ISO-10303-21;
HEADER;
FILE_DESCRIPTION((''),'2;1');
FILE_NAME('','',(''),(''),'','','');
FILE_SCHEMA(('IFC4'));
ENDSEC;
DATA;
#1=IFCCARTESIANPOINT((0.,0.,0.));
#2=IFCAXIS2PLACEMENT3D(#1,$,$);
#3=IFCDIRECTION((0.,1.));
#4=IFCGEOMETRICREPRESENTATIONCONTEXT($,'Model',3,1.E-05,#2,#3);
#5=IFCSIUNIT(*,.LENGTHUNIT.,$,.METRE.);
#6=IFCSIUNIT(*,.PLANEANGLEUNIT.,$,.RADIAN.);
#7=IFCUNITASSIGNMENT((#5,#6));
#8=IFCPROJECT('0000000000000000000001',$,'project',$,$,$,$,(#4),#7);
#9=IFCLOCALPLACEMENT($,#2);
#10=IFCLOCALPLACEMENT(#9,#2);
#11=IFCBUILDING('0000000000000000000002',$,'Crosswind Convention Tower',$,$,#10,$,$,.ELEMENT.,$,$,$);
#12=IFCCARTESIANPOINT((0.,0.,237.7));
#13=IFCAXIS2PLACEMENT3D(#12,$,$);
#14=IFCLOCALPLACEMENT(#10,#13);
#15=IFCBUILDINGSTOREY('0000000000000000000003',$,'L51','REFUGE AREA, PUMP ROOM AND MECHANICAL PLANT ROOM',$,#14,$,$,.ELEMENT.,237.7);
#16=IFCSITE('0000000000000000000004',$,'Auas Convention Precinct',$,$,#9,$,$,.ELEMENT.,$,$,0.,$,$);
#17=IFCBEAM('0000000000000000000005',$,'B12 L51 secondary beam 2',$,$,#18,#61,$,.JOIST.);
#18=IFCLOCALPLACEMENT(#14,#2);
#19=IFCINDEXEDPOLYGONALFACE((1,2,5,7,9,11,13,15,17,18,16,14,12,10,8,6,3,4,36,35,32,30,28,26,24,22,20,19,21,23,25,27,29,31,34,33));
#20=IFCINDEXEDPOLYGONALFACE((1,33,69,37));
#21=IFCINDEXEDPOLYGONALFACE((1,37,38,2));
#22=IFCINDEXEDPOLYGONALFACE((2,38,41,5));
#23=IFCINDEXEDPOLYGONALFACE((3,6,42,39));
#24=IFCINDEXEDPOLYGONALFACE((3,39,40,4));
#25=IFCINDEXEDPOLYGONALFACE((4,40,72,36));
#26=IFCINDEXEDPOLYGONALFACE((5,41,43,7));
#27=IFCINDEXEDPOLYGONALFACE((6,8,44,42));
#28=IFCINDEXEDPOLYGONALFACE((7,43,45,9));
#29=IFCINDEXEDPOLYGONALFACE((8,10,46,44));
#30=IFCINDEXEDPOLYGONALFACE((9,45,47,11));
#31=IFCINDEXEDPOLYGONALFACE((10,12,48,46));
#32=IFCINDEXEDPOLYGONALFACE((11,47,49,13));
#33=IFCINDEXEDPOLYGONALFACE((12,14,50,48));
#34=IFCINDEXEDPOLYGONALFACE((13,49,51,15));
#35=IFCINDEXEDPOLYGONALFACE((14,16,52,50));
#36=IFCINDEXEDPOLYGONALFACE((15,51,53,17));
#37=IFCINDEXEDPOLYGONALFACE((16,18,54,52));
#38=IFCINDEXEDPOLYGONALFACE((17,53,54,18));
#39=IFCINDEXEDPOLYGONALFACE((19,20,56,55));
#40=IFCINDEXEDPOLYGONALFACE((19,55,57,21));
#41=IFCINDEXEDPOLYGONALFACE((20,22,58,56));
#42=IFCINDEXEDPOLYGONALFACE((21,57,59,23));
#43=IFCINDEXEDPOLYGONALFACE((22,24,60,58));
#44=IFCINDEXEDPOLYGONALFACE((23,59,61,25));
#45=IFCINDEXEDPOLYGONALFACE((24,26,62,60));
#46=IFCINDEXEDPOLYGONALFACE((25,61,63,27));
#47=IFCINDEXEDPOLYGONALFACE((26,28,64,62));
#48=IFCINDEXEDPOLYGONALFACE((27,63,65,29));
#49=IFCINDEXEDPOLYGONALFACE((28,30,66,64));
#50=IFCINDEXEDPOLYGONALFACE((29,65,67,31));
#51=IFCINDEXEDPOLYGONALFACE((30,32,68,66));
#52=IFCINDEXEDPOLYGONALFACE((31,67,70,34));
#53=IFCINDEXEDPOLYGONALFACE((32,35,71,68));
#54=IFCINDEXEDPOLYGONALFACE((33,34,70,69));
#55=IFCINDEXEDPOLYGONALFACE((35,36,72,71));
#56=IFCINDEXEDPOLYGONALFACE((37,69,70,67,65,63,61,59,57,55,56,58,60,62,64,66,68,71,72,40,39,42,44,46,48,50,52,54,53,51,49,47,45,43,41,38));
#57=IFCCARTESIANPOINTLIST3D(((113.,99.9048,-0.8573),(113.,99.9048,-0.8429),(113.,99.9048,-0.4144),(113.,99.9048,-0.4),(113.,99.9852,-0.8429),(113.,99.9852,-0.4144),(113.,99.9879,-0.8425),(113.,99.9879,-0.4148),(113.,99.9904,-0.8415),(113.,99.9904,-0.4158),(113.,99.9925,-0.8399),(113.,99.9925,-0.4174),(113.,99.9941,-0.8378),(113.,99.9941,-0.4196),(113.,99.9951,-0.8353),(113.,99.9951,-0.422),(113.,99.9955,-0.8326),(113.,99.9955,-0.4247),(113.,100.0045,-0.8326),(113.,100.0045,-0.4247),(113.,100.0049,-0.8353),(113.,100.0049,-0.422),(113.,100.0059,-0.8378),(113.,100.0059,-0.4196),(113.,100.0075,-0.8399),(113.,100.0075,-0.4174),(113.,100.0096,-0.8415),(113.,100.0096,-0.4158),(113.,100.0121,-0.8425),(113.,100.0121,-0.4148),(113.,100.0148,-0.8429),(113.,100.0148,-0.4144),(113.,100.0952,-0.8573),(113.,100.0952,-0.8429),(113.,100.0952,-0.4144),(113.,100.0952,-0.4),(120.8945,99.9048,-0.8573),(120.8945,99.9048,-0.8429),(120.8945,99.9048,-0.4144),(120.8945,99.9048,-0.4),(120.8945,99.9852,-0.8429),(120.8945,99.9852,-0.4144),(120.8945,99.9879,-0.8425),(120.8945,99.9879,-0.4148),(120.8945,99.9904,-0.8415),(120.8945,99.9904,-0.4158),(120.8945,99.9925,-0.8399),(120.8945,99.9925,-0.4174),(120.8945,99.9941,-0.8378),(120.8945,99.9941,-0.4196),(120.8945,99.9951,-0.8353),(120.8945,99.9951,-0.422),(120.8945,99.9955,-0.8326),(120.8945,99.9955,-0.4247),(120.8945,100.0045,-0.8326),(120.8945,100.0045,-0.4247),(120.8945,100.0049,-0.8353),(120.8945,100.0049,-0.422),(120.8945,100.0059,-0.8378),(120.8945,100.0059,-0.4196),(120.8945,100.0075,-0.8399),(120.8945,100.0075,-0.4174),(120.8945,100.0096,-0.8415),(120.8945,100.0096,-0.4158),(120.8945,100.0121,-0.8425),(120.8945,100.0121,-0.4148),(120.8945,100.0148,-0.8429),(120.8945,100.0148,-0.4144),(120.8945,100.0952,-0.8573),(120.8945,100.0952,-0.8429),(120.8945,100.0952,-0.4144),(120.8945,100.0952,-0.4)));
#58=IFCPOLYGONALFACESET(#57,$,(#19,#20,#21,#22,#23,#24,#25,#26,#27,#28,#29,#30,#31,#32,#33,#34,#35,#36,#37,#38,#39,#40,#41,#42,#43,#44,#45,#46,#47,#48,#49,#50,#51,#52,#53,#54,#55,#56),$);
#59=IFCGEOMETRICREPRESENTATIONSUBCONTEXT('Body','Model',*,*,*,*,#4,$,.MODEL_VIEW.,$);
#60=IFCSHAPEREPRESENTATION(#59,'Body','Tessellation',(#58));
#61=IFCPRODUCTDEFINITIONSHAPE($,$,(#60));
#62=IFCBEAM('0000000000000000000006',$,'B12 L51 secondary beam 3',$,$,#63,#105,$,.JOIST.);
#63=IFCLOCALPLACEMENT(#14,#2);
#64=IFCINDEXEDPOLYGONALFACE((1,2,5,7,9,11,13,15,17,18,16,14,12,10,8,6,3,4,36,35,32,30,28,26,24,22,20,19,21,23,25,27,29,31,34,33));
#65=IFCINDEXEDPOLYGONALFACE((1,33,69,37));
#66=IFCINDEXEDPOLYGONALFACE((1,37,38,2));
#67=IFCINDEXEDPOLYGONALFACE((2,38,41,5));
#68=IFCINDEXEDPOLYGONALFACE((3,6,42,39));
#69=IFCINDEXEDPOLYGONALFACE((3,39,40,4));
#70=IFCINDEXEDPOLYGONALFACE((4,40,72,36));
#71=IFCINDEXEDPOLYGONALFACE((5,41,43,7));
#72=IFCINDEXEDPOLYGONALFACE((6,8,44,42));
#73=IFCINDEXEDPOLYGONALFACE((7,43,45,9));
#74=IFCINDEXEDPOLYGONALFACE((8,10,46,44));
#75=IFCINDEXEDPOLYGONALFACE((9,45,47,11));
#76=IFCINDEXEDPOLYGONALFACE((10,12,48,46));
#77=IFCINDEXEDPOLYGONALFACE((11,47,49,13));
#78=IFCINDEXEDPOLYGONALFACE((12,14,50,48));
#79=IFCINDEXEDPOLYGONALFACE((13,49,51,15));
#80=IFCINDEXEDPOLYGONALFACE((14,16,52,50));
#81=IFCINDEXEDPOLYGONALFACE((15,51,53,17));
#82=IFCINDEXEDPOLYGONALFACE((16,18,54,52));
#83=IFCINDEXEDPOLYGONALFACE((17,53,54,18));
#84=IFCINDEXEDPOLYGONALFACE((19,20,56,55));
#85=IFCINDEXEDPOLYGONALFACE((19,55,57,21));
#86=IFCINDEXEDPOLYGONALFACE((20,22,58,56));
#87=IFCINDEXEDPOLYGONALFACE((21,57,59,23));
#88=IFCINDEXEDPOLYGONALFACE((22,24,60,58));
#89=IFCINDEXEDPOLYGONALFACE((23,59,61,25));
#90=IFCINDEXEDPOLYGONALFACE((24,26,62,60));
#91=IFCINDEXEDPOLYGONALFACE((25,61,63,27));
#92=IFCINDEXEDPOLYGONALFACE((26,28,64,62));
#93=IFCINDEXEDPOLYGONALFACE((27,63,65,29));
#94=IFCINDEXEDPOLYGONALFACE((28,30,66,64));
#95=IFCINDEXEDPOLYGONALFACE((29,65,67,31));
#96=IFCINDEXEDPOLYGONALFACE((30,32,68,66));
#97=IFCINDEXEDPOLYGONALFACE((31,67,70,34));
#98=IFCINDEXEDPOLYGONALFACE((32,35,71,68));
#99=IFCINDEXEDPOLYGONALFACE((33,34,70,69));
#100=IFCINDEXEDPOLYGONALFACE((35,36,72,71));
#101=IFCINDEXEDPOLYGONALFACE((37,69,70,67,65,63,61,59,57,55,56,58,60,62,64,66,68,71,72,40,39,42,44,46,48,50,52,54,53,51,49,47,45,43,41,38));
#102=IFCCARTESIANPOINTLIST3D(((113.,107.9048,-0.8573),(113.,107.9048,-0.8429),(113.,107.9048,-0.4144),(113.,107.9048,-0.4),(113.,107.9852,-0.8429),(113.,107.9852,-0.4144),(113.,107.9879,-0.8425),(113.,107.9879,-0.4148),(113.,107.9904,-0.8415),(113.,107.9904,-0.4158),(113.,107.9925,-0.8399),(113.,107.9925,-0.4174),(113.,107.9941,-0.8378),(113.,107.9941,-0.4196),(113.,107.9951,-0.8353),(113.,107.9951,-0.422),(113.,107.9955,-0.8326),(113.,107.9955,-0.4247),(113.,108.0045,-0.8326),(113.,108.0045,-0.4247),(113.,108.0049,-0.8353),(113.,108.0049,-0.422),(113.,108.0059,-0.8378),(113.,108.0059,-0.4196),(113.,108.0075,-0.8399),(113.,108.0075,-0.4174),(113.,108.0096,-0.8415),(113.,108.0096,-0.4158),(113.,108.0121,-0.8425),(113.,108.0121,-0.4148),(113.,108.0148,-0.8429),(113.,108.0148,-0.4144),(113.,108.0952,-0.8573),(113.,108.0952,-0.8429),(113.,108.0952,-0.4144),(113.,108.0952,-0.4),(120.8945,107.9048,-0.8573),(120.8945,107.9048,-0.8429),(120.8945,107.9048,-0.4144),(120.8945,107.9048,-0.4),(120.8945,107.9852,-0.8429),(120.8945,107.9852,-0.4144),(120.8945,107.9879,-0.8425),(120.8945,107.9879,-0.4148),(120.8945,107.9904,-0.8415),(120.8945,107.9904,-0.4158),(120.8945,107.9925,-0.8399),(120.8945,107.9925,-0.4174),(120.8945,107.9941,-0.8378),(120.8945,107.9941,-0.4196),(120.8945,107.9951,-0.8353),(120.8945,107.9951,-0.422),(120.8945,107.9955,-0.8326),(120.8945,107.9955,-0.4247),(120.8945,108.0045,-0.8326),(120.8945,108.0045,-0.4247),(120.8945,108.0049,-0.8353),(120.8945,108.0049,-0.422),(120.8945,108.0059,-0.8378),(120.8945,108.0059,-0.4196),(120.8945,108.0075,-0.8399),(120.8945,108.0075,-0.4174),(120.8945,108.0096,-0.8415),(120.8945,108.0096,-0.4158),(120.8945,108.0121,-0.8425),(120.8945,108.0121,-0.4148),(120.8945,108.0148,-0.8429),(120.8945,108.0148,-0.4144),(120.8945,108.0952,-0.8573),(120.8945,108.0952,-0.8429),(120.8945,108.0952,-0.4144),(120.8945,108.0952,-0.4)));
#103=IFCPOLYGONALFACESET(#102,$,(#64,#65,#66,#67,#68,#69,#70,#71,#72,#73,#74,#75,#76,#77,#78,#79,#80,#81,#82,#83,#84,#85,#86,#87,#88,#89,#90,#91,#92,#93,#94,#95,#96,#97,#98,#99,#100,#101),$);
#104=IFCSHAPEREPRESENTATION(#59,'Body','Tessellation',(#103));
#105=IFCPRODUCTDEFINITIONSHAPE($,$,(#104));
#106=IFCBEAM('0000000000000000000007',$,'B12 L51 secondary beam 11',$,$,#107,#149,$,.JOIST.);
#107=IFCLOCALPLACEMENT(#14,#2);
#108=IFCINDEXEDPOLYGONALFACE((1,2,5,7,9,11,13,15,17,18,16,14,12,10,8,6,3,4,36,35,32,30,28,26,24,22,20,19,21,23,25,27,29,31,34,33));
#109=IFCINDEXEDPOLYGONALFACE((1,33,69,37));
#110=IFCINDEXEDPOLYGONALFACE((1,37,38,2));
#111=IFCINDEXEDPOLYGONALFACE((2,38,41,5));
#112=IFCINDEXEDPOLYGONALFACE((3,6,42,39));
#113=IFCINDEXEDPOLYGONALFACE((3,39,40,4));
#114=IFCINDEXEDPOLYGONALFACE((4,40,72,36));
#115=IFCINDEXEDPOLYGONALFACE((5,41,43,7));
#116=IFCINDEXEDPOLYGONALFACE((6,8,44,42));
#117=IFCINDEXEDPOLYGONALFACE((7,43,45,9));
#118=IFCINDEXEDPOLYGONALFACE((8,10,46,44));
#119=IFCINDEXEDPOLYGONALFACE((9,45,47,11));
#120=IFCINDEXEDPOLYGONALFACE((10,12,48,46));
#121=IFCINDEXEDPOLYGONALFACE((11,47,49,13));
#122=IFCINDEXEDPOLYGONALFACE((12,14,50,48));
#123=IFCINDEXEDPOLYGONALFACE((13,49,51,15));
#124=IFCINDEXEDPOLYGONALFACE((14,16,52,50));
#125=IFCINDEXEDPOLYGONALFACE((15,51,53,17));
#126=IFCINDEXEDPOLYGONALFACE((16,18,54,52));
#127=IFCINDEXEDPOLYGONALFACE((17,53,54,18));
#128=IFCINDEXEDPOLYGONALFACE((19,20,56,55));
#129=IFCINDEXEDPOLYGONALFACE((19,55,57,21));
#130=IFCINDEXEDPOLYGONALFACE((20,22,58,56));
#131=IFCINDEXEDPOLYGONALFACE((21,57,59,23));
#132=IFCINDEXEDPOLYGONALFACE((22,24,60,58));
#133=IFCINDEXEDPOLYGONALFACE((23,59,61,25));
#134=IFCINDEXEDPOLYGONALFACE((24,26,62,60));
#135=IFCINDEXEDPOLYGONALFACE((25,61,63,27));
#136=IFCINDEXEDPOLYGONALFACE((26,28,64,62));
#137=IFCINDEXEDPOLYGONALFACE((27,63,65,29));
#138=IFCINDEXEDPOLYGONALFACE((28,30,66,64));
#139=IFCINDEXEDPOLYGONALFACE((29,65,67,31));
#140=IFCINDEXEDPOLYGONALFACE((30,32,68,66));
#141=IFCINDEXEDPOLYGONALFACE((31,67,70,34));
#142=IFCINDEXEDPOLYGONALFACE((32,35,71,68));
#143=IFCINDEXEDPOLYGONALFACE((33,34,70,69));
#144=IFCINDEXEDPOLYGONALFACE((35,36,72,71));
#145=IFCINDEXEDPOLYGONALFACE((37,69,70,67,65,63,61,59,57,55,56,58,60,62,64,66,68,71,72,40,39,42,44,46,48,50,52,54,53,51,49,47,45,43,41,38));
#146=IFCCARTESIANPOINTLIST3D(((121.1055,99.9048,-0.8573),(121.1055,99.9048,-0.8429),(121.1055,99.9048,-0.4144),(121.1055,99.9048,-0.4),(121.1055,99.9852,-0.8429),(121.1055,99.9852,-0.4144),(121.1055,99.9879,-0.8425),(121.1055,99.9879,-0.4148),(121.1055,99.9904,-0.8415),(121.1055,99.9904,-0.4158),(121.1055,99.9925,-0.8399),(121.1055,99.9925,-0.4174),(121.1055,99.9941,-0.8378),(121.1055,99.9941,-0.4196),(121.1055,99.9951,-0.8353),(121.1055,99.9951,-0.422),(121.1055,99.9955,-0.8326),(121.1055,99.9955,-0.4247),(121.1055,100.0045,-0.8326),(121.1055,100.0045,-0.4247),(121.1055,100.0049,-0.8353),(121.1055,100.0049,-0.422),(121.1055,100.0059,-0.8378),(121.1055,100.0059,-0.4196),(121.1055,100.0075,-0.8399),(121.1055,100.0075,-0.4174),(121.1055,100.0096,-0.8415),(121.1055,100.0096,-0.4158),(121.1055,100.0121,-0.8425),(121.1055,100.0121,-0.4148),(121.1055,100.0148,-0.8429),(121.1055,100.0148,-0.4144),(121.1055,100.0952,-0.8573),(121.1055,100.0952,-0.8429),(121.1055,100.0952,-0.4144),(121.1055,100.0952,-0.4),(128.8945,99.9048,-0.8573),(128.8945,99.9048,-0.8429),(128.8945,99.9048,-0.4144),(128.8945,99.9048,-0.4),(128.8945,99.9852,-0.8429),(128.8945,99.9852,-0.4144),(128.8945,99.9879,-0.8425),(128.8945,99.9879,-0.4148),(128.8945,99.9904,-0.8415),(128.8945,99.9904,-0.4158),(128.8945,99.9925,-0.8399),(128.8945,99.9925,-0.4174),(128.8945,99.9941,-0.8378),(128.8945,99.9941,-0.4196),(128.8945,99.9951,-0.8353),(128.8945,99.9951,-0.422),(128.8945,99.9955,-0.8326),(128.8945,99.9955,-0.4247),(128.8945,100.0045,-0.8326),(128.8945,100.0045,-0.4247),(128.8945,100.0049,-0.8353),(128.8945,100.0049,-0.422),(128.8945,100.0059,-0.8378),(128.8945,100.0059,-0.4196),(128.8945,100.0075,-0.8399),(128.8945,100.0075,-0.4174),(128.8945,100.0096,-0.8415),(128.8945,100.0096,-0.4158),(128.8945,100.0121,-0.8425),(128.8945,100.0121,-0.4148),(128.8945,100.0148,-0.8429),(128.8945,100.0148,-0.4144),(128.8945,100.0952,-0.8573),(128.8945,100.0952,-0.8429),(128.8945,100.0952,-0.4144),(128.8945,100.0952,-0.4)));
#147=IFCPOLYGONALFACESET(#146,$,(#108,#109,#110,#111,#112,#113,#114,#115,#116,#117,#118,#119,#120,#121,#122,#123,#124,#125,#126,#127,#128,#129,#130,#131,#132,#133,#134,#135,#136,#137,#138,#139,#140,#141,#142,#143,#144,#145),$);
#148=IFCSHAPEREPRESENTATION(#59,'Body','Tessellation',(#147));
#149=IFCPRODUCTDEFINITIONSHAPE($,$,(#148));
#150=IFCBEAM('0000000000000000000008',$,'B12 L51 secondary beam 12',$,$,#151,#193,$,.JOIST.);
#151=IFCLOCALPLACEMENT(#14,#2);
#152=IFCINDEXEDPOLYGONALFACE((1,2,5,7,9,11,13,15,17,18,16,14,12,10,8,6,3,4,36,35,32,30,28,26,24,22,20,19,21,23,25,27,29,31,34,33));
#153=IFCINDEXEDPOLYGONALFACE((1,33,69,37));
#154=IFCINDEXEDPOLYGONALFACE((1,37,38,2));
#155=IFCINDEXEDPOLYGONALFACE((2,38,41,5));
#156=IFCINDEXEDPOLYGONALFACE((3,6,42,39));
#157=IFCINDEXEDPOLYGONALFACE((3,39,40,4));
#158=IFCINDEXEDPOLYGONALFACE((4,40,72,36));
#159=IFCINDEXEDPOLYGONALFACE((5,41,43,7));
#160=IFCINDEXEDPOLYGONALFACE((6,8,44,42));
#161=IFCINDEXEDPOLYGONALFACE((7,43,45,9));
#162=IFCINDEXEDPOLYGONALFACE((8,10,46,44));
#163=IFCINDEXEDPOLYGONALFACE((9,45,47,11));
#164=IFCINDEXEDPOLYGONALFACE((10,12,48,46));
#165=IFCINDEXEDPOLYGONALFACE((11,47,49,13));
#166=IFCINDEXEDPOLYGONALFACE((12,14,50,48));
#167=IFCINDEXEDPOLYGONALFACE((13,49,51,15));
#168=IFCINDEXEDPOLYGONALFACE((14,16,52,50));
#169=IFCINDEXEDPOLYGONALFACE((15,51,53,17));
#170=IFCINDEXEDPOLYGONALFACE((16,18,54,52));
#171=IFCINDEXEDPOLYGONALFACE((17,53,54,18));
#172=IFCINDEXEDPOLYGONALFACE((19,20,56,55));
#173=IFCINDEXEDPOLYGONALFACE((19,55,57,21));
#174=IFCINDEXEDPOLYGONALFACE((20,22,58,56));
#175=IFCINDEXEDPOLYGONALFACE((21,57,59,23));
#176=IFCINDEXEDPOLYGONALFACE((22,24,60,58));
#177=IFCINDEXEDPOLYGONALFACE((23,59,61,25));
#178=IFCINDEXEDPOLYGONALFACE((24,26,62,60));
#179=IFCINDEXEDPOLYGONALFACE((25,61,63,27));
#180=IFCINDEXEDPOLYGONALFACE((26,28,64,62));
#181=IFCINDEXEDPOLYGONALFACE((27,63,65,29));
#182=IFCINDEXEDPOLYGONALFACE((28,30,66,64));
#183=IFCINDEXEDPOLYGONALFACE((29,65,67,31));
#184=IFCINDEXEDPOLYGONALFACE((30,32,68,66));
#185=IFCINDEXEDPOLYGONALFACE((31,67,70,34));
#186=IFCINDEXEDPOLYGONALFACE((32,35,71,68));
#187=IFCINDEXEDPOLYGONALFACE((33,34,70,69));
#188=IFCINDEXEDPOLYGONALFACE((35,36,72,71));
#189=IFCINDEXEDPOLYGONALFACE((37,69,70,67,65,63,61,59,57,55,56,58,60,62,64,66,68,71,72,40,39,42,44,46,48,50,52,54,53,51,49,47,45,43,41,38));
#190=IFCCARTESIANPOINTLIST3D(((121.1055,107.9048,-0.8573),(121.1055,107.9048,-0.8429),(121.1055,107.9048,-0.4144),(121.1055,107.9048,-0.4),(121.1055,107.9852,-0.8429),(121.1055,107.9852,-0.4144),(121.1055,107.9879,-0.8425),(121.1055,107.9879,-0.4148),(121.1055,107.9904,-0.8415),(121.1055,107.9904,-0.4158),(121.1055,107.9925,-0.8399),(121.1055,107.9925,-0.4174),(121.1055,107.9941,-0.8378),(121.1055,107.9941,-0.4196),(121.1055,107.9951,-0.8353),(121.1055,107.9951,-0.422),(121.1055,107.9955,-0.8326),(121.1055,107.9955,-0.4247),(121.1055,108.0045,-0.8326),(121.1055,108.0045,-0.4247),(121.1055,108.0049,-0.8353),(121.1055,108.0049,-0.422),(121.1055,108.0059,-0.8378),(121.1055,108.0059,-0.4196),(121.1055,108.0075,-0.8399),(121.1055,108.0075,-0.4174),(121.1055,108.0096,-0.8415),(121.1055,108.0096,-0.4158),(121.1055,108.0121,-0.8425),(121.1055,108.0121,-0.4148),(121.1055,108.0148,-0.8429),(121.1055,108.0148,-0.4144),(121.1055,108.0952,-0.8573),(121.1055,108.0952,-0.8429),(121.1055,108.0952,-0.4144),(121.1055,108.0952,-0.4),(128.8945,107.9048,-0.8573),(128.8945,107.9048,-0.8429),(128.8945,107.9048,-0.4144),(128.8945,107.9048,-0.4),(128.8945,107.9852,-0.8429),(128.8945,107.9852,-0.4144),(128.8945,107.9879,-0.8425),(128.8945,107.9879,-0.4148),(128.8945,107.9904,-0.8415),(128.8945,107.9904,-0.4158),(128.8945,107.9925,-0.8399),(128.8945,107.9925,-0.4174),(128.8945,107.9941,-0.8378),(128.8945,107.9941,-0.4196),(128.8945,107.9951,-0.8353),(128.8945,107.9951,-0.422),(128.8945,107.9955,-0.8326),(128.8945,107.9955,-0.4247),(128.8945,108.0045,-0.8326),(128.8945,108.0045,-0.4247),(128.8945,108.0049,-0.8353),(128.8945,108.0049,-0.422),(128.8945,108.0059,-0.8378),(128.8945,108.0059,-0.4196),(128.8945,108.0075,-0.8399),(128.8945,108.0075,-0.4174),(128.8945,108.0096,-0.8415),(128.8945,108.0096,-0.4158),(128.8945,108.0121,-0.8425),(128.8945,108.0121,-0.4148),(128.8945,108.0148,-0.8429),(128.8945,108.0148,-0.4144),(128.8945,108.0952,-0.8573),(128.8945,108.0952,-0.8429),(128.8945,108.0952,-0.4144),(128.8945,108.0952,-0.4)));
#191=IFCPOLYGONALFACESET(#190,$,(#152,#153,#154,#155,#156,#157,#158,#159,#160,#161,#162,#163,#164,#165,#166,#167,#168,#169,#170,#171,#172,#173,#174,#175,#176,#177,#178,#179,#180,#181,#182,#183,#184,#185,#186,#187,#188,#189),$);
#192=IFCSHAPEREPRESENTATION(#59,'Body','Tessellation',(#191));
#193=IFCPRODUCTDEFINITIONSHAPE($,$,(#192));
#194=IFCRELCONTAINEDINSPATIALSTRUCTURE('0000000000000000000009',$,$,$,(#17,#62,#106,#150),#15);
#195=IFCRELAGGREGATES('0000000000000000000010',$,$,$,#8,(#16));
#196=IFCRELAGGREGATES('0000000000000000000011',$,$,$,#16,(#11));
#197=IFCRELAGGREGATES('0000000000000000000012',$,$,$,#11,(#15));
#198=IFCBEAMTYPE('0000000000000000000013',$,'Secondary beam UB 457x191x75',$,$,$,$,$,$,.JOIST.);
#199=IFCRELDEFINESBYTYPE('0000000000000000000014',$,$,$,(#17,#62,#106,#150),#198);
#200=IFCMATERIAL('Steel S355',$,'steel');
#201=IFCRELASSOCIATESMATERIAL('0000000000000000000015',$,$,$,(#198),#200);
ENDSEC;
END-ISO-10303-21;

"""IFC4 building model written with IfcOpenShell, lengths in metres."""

from ifc_helpers import new_model, si_unit, direction, frame, origin, origin_2d, place, context, subcontext, project, spatial, i_section, extrude, material, material_profile, profile_set, type_object, element, save


model = new_model("IFC4")

# Units and contexts
model_context = context("Model", 3, precision=1e-05, world=origin(), true_north=direction((0.0, 1.0)))
body_context = subcontext(model_context, "Body", "Model", "MODEL_VIEW")
ifc_project = project(units=[si_unit("LENGTHUNIT", "METRE"), si_unit("PLANEANGLEUNIT", "RADIAN")], contexts=[model_context])

# Site, building, storey
site_placement = place(None, origin())
site = spatial("IfcSite", under=ifc_project, at=site_placement, Name="Auas Convention Precinct", CompositionType="ELEMENT", RefElevation=0.0)
building_placement = place(site_placement, origin())
building = spatial("IfcBuilding", under=site, at=building_placement, Name="Crosswind Convention Tower", CompositionType="ELEMENT")
storey_placement = place(building_placement, frame((0.0, 0.0, 237.7)))
storey = spatial("IfcBuildingStorey", under=building, at=storey_placement, Name="L51", Description="REFUGE AREA, PUMP ROOM AND MECHANICAL PLANT ROOM", CompositionType="ELEMENT", Elevation=237.7)

# Beams
ifc_material_1 = material(Name="Steel S355", Category="steel")
ifc_material_profile_1 = material_profile(ifc_material_1, i_section(OverallWidth=0.1904, OverallDepth=0.4573, WebThickness=0.009, FlangeThickness=0.0144, FilletRadius=0.0103, at=origin_2d()), Name="UB 457x191x75")
ifc_profile_set_1 = profile_set([ifc_material_profile_1], Name="Steel S355")
beam_type_1 = type_object("IfcBeamType", Name="Secondary beam UB 457x191x75", PredefinedType="JOIST", material=ifc_profile_set_1)
for number, where, z_axis, x_axis, name in (
    (1, (113.0, 100.0, -0.6287), (1.0, 0.0, 0.0), (0.0, 1.0, 0.0), "B12 L51 secondary beam 2"),
    (2, (113.0, 108.0, -0.6287), (1.0, 0.0, 0.0), (0.0, 1.0, 0.0), "B12 L51 secondary beam 3"),
):
    element("IfcBeam", number, at=place(storey_placement, frame(where, z_axis=z_axis, x_axis=x_axis)), inside=storey, type_object=beam_type_1, Name=name, PredefinedType="JOIST", context=body_context, shape_type="SweptSolid", body=[
        extrude(i_section(OverallWidth=0.1904, OverallDepth=0.4573, WebThickness=0.009, FlangeThickness=0.0144, FilletRadius=0.0103, at=origin_2d()), origin(), (0.0, 0.0, 1.0), 7.8945),
    ])
for number, where, z_axis, x_axis, name in (
    (3, (121.1055, 100.0, -0.6287), (1.0, 0.0, 0.0), (0.0, 1.0, 0.0), "B12 L51 secondary beam 11"),
    (4, (121.1055, 108.0, -0.6287), (1.0, 0.0, 0.0), (0.0, 1.0, 0.0), "B12 L51 secondary beam 12"),
):
    element("IfcBeam", number, at=place(storey_placement, frame(where, z_axis=z_axis, x_axis=x_axis)), inside=storey, type_object=beam_type_1, Name=name, PredefinedType="JOIST", context=body_context, shape_type="SweptSolid", body=[
        extrude(i_section(OverallWidth=0.1904, OverallDepth=0.4573, WebThickness=0.009, FlangeThickness=0.0144, FilletRadius=0.0103, at=origin_2d()), origin(), (0.0, 0.0, 1.0), 7.7891),
    ])

save(model, "model.ifc")
